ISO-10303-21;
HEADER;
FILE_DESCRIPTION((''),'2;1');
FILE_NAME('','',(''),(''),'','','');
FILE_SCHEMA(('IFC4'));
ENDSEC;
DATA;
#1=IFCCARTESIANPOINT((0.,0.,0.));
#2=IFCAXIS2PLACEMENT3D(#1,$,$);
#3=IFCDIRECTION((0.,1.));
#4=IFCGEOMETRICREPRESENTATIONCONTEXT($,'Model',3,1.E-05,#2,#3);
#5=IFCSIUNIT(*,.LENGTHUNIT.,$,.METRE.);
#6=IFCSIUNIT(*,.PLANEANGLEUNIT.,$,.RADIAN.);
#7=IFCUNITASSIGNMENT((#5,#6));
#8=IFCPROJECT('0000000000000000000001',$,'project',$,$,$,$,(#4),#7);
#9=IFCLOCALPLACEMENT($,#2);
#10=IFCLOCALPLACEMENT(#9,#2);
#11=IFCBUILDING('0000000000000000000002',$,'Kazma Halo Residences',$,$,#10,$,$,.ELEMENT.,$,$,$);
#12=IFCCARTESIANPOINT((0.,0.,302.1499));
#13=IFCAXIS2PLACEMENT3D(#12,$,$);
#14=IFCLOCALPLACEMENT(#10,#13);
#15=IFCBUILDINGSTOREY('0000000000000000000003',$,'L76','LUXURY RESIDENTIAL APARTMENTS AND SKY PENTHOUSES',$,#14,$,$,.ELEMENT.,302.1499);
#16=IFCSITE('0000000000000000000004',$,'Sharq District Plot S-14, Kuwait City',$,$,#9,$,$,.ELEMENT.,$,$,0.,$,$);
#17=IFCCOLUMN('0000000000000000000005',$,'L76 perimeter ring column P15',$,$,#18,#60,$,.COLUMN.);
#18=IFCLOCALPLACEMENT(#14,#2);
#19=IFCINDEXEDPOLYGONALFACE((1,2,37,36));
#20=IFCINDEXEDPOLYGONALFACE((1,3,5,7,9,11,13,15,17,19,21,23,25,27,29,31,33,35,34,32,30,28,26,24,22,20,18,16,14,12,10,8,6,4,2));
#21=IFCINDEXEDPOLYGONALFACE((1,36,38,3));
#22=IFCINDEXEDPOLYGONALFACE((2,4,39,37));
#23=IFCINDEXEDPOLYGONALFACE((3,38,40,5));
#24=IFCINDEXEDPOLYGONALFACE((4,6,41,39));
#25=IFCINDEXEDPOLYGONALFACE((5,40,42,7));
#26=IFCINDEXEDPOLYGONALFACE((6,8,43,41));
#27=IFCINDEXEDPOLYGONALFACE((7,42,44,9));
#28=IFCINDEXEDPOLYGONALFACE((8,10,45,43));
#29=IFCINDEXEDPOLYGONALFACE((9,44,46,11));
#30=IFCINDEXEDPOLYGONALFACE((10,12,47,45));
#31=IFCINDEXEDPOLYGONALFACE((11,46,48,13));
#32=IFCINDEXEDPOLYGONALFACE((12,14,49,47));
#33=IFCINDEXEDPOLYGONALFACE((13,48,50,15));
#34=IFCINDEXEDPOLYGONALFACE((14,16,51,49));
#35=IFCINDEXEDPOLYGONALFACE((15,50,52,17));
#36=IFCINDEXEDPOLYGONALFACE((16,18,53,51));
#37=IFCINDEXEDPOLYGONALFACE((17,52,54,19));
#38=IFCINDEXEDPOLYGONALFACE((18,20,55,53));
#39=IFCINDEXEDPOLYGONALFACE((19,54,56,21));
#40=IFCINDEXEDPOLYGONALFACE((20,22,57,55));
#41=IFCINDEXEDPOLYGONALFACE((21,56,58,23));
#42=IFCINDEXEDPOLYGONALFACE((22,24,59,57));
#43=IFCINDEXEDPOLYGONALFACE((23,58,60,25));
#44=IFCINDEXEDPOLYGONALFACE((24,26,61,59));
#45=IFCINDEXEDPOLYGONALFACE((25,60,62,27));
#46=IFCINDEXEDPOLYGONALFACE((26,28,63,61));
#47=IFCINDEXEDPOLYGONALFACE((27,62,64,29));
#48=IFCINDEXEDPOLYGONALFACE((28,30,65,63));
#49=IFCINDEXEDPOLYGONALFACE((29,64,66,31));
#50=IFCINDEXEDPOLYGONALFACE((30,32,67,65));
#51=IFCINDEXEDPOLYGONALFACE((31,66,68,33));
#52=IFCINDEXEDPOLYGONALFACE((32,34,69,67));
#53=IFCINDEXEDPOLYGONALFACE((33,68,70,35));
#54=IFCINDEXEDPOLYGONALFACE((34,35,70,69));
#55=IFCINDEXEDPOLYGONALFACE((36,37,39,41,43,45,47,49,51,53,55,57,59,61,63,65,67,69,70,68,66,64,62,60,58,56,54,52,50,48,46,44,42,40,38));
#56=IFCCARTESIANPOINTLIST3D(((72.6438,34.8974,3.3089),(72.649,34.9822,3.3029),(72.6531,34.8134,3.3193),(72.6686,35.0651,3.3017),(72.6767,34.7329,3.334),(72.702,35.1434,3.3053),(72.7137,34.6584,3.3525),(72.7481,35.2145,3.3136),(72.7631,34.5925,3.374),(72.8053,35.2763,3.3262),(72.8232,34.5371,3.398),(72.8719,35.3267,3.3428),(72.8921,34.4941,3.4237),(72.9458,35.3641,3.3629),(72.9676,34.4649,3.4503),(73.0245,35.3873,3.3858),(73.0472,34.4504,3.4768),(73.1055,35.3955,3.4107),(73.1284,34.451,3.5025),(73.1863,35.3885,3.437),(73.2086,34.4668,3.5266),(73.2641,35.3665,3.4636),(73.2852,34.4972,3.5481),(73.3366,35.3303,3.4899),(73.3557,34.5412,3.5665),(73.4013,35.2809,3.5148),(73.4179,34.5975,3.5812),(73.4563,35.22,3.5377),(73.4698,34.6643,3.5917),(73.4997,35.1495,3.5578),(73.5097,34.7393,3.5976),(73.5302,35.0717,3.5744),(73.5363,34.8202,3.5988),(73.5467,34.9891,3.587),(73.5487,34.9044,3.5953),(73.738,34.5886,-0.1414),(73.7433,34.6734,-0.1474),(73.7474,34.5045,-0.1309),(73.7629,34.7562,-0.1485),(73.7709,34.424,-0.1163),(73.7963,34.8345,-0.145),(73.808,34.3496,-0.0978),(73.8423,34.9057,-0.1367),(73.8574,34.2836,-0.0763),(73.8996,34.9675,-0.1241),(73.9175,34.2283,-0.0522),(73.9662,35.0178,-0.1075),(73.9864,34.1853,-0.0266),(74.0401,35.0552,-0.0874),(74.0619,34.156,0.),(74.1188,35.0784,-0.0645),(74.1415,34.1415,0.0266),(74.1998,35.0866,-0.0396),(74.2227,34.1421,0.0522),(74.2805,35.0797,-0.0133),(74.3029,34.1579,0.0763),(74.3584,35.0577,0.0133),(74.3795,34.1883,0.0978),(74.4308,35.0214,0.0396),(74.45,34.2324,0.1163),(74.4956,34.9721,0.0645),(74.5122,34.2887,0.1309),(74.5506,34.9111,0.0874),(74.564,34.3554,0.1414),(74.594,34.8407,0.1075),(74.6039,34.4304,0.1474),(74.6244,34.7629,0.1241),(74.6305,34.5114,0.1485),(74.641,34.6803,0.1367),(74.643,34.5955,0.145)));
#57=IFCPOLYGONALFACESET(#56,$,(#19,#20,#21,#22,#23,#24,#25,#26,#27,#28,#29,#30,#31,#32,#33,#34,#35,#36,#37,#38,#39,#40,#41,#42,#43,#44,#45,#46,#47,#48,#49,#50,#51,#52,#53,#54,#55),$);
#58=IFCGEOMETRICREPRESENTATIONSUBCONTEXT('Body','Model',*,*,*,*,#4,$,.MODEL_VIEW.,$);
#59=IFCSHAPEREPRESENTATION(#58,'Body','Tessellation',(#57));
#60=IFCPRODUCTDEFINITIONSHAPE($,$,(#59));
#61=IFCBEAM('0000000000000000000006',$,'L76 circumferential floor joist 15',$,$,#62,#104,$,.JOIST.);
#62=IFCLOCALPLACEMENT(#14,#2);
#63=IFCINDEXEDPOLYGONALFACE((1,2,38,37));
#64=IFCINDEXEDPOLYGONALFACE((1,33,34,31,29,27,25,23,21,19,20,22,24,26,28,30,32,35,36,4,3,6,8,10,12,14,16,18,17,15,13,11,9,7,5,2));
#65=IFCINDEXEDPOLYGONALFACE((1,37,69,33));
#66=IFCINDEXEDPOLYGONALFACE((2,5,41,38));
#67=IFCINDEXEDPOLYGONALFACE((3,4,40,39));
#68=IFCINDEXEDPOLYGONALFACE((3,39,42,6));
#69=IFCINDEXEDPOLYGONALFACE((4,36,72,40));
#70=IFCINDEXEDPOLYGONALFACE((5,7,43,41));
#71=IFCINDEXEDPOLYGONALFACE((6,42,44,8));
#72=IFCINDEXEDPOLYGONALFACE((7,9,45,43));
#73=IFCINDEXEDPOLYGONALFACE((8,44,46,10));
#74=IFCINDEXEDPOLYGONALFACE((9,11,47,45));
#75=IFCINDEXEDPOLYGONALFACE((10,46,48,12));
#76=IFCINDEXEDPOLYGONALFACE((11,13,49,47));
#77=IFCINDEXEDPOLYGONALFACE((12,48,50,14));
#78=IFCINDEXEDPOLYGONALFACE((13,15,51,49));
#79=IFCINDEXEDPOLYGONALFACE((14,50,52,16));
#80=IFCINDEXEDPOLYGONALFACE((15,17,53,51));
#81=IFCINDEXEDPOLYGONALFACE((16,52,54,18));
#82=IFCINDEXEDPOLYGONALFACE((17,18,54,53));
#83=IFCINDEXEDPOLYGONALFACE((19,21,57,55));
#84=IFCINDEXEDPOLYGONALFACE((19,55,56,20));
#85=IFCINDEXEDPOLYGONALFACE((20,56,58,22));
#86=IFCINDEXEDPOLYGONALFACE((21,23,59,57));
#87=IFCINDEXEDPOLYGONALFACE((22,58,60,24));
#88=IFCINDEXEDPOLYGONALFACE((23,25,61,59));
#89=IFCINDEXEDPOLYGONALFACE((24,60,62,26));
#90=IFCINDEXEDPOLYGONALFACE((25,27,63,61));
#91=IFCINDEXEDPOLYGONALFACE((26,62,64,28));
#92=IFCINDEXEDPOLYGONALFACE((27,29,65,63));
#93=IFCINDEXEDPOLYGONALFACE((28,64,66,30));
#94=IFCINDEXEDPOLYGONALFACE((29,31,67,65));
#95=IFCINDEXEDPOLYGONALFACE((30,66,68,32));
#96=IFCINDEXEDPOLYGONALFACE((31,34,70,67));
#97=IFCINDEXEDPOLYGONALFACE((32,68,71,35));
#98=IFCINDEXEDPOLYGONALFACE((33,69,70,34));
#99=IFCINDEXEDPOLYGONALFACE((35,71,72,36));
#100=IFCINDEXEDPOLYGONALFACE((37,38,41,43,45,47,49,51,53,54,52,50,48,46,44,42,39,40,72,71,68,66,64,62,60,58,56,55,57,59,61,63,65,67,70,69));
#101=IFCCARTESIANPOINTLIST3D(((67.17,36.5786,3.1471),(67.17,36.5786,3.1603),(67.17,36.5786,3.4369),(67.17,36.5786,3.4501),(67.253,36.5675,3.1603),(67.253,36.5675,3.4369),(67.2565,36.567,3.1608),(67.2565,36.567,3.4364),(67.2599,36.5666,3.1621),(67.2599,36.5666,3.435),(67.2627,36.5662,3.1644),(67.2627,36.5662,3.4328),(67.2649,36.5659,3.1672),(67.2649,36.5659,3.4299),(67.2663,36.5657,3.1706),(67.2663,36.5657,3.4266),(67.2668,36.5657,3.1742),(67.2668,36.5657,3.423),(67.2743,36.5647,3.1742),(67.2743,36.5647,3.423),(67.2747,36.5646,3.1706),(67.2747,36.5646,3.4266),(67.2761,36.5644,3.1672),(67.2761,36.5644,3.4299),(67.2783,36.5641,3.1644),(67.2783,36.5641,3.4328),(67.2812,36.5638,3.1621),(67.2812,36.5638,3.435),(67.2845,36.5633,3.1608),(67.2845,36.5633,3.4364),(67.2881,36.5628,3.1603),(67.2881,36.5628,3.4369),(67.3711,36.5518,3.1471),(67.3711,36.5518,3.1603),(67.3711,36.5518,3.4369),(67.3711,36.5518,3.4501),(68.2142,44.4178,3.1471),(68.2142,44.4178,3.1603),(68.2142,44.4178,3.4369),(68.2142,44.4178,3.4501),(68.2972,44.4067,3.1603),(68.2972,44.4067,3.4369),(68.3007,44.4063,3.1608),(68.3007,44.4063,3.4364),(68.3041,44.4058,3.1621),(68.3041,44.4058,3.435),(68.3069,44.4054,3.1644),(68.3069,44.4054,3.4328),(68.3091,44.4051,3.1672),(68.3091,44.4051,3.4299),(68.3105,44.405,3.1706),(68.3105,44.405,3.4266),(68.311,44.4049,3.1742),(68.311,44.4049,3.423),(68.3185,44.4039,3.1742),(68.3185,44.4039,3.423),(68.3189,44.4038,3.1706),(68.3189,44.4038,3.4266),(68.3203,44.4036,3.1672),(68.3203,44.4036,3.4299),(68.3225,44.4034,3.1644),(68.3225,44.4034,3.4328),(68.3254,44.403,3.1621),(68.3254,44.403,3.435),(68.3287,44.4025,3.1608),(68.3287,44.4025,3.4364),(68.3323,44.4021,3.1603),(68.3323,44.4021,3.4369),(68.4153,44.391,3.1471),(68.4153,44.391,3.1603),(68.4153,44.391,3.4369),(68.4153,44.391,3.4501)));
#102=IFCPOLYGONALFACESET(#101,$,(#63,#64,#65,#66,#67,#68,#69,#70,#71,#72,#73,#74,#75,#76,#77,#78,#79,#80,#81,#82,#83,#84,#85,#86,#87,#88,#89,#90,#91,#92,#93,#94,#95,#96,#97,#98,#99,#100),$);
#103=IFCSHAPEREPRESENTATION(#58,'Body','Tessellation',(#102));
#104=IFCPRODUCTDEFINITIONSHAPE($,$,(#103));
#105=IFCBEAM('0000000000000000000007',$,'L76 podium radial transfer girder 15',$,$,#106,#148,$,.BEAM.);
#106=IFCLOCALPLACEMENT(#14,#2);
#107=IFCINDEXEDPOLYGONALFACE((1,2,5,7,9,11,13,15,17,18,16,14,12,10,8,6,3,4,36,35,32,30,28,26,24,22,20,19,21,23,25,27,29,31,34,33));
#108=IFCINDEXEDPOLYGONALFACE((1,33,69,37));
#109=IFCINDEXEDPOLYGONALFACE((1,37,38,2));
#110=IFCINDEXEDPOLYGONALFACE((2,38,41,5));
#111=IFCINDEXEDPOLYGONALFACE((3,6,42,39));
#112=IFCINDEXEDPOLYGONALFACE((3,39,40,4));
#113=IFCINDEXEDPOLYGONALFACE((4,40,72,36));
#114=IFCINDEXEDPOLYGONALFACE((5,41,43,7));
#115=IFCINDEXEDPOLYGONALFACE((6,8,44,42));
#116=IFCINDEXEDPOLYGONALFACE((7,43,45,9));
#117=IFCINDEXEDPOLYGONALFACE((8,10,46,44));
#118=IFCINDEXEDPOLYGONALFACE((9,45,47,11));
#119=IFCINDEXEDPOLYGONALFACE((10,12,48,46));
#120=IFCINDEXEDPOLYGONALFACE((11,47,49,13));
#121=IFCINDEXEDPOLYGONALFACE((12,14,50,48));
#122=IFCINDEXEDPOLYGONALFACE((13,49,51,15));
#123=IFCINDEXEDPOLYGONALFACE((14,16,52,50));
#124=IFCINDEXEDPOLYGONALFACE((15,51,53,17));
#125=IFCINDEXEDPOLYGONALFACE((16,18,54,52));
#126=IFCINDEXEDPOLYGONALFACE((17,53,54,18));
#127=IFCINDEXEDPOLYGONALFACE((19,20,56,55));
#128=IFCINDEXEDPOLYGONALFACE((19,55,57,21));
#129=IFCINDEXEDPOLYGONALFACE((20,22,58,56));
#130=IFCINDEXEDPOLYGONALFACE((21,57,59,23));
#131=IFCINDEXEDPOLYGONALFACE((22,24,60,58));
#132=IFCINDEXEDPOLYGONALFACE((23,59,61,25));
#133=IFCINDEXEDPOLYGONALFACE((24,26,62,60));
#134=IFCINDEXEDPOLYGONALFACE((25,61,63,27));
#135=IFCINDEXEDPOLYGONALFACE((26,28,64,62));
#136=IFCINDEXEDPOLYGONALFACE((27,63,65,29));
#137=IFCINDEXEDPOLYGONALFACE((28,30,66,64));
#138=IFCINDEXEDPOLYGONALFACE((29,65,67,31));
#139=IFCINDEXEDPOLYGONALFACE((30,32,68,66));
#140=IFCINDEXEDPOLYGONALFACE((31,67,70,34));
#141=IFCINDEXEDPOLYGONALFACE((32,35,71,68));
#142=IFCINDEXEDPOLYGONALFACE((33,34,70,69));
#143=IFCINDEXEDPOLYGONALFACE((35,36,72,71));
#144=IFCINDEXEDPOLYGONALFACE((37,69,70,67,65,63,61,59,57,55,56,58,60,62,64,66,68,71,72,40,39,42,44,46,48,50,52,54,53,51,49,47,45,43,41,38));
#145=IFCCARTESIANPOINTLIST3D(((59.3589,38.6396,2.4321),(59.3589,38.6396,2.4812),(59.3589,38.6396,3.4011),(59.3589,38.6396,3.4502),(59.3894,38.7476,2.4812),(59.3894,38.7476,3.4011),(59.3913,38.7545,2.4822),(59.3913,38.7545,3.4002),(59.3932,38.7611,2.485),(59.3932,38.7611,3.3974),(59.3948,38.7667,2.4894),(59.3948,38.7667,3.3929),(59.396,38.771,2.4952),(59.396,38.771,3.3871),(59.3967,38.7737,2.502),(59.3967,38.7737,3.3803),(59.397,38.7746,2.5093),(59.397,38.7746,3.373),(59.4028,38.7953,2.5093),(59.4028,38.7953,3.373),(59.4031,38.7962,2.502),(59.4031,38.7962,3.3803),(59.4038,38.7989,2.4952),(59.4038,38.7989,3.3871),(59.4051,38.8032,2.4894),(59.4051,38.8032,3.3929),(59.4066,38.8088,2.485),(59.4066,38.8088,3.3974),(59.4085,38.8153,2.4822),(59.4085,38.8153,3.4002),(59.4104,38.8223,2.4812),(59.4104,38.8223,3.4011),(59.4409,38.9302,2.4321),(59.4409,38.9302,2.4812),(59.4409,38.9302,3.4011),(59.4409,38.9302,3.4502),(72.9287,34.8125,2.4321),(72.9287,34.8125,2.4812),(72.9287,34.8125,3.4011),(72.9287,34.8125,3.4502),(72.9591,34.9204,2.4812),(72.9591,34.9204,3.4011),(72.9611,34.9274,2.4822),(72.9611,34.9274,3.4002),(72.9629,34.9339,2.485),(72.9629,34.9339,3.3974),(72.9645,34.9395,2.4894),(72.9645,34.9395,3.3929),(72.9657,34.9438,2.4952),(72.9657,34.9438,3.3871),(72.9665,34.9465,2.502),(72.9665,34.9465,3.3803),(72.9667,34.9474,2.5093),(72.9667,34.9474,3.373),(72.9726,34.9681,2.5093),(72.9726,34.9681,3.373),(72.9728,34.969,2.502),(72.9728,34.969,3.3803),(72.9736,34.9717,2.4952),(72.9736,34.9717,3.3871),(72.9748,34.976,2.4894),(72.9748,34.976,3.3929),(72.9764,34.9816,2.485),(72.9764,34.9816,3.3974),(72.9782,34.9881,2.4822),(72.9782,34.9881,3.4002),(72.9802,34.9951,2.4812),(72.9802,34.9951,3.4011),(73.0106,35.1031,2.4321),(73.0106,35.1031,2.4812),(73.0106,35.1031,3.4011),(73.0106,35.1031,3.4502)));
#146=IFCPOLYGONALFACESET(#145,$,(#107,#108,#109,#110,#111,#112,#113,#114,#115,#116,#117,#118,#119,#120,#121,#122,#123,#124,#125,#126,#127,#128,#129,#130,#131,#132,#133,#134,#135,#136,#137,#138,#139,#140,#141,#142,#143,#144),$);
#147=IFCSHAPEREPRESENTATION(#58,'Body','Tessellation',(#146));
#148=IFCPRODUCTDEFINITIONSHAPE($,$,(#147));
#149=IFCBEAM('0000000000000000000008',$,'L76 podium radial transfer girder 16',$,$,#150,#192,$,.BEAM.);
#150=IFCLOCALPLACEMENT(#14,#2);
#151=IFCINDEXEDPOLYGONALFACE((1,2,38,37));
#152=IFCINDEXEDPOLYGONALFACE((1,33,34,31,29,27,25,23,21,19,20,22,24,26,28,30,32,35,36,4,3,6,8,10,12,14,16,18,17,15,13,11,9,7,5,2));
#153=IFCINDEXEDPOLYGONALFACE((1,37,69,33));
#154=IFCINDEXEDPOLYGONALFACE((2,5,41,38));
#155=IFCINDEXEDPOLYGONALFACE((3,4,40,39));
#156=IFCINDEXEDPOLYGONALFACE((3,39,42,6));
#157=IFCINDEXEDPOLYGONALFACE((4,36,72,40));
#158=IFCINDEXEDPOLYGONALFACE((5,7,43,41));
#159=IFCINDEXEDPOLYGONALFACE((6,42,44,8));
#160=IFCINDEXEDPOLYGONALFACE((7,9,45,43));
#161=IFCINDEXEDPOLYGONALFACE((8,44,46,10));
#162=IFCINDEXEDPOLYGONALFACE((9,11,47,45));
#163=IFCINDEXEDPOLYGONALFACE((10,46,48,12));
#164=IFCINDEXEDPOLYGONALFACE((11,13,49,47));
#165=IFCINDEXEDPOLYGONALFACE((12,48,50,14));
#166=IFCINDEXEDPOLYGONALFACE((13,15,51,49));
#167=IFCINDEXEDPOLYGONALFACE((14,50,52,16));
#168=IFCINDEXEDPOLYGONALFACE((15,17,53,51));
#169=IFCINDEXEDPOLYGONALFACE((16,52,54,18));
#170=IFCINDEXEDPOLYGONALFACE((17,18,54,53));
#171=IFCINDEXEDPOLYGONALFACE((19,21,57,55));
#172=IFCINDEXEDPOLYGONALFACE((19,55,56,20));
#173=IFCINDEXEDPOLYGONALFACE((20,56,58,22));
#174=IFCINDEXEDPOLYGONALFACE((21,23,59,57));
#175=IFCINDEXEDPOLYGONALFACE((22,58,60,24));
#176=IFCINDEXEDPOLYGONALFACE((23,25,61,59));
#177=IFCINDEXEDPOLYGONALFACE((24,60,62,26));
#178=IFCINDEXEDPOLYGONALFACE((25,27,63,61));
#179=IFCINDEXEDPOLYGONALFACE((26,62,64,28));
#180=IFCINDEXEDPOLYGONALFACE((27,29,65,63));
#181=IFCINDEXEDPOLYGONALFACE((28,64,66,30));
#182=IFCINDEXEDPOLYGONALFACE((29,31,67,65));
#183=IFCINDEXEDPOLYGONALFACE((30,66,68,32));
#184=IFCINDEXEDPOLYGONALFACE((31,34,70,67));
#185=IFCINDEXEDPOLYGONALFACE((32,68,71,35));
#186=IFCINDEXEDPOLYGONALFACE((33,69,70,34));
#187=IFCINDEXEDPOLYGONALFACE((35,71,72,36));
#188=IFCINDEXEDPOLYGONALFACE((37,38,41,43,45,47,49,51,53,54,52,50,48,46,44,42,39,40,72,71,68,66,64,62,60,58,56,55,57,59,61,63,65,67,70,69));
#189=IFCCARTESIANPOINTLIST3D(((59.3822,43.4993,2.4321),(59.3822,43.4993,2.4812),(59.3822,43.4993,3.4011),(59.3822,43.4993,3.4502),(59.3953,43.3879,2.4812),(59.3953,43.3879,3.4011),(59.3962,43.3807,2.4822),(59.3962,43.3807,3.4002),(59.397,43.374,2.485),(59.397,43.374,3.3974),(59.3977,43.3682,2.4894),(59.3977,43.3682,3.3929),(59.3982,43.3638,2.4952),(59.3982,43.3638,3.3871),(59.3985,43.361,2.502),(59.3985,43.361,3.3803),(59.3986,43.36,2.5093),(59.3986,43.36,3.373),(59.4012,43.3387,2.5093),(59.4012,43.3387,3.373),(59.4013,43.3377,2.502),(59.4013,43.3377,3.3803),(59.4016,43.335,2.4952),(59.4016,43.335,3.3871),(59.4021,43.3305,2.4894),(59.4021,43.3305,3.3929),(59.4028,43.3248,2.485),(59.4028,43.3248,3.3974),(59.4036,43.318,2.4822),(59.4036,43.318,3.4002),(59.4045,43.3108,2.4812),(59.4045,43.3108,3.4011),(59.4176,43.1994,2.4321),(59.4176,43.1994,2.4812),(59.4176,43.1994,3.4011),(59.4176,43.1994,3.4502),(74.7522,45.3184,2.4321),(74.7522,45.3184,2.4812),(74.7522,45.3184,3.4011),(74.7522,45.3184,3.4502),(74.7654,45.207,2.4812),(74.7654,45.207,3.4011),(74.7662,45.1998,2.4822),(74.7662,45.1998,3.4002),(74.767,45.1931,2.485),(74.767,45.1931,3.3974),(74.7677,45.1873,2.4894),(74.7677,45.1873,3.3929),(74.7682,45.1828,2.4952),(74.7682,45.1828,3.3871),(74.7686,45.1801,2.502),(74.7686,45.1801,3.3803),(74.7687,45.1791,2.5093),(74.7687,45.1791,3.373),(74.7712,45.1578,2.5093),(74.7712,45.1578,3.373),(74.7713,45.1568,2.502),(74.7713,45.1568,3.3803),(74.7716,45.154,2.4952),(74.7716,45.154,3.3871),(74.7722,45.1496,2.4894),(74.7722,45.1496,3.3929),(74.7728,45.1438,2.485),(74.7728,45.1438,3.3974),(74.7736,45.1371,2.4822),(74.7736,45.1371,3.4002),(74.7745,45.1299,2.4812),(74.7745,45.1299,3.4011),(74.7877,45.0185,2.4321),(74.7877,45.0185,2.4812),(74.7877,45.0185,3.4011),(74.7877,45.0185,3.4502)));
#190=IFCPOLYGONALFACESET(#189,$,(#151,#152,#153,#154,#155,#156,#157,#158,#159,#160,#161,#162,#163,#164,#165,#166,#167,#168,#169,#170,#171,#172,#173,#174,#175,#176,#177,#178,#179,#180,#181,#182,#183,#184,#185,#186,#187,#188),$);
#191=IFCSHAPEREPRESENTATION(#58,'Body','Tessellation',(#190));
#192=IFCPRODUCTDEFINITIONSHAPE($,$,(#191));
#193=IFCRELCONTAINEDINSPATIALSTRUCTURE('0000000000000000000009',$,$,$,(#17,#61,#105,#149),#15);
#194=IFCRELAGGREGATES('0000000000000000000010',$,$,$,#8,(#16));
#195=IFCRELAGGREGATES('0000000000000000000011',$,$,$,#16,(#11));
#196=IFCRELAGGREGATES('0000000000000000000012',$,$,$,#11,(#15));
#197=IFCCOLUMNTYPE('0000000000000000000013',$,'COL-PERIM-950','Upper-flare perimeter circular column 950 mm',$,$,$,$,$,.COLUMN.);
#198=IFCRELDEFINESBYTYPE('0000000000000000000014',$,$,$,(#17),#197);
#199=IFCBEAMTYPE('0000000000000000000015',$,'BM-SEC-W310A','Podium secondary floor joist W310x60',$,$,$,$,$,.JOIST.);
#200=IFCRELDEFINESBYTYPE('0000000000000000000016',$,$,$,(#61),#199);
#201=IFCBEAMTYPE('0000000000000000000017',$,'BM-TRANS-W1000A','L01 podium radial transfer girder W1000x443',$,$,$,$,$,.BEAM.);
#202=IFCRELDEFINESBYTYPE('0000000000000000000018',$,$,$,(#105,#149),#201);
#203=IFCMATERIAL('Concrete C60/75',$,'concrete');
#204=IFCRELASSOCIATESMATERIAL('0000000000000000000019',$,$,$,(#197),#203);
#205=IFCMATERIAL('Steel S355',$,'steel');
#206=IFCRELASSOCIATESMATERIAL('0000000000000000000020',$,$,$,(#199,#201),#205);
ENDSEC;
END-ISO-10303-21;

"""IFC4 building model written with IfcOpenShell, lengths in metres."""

from ifc_helpers import new_model, si_unit, direction, frame, origin, origin_2d, place, context, subcontext, project, spatial, circle, i_section, extrude, material, material_profile, profile_set, type_object, element, save


model = new_model("IFC4")

# Units and contexts
model_context = context("Model", 3, precision=1e-05, world=origin(), true_north=direction((0.0, 1.0)))
body_context = subcontext(model_context, "Body", "Model", "MODEL_VIEW")
ifc_project = project(units=[si_unit("LENGTHUNIT", "METRE"), si_unit("PLANEANGLEUNIT", "RADIAN")], contexts=[model_context])

# Site, building, storey
site_placement = place(None, origin())
site = spatial("IfcSite", under=ifc_project, at=site_placement, Name="Sharq District Plot S-14, Kuwait City", CompositionType="ELEMENT", RefElevation=0.0)
building_placement = place(site_placement, origin())
building = spatial("IfcBuilding", under=site, at=building_placement, Name="Kazma Halo Residences", CompositionType="ELEMENT")
storey_placement = place(building_placement, frame((0.0, 0.0, 302.1499)))
storey = spatial("IfcBuildingStorey", under=building, at=storey_placement, Name="L76", Description="LUXURY RESIDENTIAL APARTMENTS AND SKY PENTHOUSES", CompositionType="ELEMENT", Elevation=302.1499)

# Column
ifc_material_1 = material(Name="Concrete C60/75", Category="concrete")
ifc_material_profile_1 = material_profile(ifc_material_1, circle(Radius=0.4751, at=origin_2d()), Name="CIRC950")
ifc_profile_set_1 = profile_set([ifc_material_profile_1], Name="Concrete C60/75")
column_type = type_object("IfcColumnType", Name="COL-PERIM-950", Description="Upper-flare perimeter circular column 950 mm", PredefinedType="COLUMN", material=ifc_profile_set_1)
column_placement = place(storey_placement, frame((74.1909, 34.6133, 0.0), z_axis=(-0.301218, 0.085016, 0.949758), x_axis=(-0.271628, -0.962402, 0.0)))
element("IfcColumn", 1, at=column_placement, inside=storey, type_object=column_type, Name="L76 perimeter ring column P15", PredefinedType="COLUMN", context=body_context, shape_type="SweptSolid", body=[
    extrude(circle(Radius=0.4751, at=origin_2d()), origin(), (0.0, 0.0, 1.0), 3.6328),
])

# Beams
ifc_material_2 = material(Name="Steel S355", Category="steel")
ifc_material_profile_2 = material_profile(ifc_material_2, i_section(OverallWidth=0.2029, OverallDepth=0.303, WebThickness=0.0076, FlangeThickness=0.0132, FilletRadius=0.0139, at=origin_2d()), Name="W310x60")
ifc_profile_set_2 = profile_set([ifc_material_profile_2], Name="Steel S355")
beam_type_1 = type_object("IfcBeamType", Name="BM-SEC-W310A", Description="Podium secondary floor joist W310x60", PredefinedType="JOIST", material=ifc_profile_set_2)
beam_1_placement = place(storey_placement, frame((67.2705, 36.5652, 3.2986), z_axis=(0.132036, 0.991245, 0.0), x_axis=(-0.991245, 0.132036, 0.0)))
element("IfcBeam", 2, at=beam_1_placement, inside=storey, type_object=beam_type_1, Name="L76 circumferential floor joist 15", PredefinedType="JOIST", context=body_context, shape_type="SweptSolid", body=[
    extrude(i_section(OverallWidth=0.2029, OverallDepth=0.303, WebThickness=0.0076, FlangeThickness=0.0132, FilletRadius=0.0139, at=origin_2d()), origin(), (0.0, 0.0, 1.0), 7.9084),
])
ifc_material_profile_3 = material_profile(ifc_material_2, i_section(OverallWidth=0.302, OverallDepth=1.0181, WebThickness=0.0215, FlangeThickness=0.0491, FilletRadius=0.0281, at=origin_2d()), Name="W1000x443")
ifc_profile_set_3 = profile_set([ifc_material_profile_3], Name="Steel S355")
beam_type_2 = type_object("IfcBeamType", Name="BM-TRANS-W1000A", Description="L01 podium radial transfer girder W1000x443", PredefinedType="BEAM", material=ifc_profile_set_3)
beam_2_placement = place(storey_placement, frame((59.3999, 38.7849, 2.9412), z_axis=(0.962454, -0.271445, 0.0), x_axis=(0.271445, 0.962454, 0.0)))
element("IfcBeam", 3, at=beam_2_placement, inside=storey, type_object=beam_type_2, Name="L76 podium radial transfer girder 15", PredefinedType="BEAM", context=body_context, shape_type="SweptSolid", body=[
    extrude(i_section(OverallWidth=0.302, OverallDepth=1.0181, WebThickness=0.0215, FlangeThickness=0.0491, FilletRadius=0.0281, at=origin_2d()), origin(), (0.0, 0.0, 1.0), 14.0991),
])
beam_3_placement = place(storey_placement, frame((59.3999, 43.3494, 2.9412), z_axis=(0.993069, 0.117532, 0.0), x_axis=(-0.117532, 0.993069, 0.0)))
element("IfcBeam", 4, at=beam_3_placement, inside=storey, type_object=beam_type_2, Name="L76 podium radial transfer girder 16", PredefinedType="BEAM", context=body_context, shape_type="SweptSolid", body=[
    extrude(i_section(OverallWidth=0.302, OverallDepth=1.0181, WebThickness=0.0215, FlangeThickness=0.0491, FilletRadius=0.0281, at=origin_2d()), origin(), (0.0, 0.0, 1.0), 15.4773),
])

save(model, "model.ifc")
